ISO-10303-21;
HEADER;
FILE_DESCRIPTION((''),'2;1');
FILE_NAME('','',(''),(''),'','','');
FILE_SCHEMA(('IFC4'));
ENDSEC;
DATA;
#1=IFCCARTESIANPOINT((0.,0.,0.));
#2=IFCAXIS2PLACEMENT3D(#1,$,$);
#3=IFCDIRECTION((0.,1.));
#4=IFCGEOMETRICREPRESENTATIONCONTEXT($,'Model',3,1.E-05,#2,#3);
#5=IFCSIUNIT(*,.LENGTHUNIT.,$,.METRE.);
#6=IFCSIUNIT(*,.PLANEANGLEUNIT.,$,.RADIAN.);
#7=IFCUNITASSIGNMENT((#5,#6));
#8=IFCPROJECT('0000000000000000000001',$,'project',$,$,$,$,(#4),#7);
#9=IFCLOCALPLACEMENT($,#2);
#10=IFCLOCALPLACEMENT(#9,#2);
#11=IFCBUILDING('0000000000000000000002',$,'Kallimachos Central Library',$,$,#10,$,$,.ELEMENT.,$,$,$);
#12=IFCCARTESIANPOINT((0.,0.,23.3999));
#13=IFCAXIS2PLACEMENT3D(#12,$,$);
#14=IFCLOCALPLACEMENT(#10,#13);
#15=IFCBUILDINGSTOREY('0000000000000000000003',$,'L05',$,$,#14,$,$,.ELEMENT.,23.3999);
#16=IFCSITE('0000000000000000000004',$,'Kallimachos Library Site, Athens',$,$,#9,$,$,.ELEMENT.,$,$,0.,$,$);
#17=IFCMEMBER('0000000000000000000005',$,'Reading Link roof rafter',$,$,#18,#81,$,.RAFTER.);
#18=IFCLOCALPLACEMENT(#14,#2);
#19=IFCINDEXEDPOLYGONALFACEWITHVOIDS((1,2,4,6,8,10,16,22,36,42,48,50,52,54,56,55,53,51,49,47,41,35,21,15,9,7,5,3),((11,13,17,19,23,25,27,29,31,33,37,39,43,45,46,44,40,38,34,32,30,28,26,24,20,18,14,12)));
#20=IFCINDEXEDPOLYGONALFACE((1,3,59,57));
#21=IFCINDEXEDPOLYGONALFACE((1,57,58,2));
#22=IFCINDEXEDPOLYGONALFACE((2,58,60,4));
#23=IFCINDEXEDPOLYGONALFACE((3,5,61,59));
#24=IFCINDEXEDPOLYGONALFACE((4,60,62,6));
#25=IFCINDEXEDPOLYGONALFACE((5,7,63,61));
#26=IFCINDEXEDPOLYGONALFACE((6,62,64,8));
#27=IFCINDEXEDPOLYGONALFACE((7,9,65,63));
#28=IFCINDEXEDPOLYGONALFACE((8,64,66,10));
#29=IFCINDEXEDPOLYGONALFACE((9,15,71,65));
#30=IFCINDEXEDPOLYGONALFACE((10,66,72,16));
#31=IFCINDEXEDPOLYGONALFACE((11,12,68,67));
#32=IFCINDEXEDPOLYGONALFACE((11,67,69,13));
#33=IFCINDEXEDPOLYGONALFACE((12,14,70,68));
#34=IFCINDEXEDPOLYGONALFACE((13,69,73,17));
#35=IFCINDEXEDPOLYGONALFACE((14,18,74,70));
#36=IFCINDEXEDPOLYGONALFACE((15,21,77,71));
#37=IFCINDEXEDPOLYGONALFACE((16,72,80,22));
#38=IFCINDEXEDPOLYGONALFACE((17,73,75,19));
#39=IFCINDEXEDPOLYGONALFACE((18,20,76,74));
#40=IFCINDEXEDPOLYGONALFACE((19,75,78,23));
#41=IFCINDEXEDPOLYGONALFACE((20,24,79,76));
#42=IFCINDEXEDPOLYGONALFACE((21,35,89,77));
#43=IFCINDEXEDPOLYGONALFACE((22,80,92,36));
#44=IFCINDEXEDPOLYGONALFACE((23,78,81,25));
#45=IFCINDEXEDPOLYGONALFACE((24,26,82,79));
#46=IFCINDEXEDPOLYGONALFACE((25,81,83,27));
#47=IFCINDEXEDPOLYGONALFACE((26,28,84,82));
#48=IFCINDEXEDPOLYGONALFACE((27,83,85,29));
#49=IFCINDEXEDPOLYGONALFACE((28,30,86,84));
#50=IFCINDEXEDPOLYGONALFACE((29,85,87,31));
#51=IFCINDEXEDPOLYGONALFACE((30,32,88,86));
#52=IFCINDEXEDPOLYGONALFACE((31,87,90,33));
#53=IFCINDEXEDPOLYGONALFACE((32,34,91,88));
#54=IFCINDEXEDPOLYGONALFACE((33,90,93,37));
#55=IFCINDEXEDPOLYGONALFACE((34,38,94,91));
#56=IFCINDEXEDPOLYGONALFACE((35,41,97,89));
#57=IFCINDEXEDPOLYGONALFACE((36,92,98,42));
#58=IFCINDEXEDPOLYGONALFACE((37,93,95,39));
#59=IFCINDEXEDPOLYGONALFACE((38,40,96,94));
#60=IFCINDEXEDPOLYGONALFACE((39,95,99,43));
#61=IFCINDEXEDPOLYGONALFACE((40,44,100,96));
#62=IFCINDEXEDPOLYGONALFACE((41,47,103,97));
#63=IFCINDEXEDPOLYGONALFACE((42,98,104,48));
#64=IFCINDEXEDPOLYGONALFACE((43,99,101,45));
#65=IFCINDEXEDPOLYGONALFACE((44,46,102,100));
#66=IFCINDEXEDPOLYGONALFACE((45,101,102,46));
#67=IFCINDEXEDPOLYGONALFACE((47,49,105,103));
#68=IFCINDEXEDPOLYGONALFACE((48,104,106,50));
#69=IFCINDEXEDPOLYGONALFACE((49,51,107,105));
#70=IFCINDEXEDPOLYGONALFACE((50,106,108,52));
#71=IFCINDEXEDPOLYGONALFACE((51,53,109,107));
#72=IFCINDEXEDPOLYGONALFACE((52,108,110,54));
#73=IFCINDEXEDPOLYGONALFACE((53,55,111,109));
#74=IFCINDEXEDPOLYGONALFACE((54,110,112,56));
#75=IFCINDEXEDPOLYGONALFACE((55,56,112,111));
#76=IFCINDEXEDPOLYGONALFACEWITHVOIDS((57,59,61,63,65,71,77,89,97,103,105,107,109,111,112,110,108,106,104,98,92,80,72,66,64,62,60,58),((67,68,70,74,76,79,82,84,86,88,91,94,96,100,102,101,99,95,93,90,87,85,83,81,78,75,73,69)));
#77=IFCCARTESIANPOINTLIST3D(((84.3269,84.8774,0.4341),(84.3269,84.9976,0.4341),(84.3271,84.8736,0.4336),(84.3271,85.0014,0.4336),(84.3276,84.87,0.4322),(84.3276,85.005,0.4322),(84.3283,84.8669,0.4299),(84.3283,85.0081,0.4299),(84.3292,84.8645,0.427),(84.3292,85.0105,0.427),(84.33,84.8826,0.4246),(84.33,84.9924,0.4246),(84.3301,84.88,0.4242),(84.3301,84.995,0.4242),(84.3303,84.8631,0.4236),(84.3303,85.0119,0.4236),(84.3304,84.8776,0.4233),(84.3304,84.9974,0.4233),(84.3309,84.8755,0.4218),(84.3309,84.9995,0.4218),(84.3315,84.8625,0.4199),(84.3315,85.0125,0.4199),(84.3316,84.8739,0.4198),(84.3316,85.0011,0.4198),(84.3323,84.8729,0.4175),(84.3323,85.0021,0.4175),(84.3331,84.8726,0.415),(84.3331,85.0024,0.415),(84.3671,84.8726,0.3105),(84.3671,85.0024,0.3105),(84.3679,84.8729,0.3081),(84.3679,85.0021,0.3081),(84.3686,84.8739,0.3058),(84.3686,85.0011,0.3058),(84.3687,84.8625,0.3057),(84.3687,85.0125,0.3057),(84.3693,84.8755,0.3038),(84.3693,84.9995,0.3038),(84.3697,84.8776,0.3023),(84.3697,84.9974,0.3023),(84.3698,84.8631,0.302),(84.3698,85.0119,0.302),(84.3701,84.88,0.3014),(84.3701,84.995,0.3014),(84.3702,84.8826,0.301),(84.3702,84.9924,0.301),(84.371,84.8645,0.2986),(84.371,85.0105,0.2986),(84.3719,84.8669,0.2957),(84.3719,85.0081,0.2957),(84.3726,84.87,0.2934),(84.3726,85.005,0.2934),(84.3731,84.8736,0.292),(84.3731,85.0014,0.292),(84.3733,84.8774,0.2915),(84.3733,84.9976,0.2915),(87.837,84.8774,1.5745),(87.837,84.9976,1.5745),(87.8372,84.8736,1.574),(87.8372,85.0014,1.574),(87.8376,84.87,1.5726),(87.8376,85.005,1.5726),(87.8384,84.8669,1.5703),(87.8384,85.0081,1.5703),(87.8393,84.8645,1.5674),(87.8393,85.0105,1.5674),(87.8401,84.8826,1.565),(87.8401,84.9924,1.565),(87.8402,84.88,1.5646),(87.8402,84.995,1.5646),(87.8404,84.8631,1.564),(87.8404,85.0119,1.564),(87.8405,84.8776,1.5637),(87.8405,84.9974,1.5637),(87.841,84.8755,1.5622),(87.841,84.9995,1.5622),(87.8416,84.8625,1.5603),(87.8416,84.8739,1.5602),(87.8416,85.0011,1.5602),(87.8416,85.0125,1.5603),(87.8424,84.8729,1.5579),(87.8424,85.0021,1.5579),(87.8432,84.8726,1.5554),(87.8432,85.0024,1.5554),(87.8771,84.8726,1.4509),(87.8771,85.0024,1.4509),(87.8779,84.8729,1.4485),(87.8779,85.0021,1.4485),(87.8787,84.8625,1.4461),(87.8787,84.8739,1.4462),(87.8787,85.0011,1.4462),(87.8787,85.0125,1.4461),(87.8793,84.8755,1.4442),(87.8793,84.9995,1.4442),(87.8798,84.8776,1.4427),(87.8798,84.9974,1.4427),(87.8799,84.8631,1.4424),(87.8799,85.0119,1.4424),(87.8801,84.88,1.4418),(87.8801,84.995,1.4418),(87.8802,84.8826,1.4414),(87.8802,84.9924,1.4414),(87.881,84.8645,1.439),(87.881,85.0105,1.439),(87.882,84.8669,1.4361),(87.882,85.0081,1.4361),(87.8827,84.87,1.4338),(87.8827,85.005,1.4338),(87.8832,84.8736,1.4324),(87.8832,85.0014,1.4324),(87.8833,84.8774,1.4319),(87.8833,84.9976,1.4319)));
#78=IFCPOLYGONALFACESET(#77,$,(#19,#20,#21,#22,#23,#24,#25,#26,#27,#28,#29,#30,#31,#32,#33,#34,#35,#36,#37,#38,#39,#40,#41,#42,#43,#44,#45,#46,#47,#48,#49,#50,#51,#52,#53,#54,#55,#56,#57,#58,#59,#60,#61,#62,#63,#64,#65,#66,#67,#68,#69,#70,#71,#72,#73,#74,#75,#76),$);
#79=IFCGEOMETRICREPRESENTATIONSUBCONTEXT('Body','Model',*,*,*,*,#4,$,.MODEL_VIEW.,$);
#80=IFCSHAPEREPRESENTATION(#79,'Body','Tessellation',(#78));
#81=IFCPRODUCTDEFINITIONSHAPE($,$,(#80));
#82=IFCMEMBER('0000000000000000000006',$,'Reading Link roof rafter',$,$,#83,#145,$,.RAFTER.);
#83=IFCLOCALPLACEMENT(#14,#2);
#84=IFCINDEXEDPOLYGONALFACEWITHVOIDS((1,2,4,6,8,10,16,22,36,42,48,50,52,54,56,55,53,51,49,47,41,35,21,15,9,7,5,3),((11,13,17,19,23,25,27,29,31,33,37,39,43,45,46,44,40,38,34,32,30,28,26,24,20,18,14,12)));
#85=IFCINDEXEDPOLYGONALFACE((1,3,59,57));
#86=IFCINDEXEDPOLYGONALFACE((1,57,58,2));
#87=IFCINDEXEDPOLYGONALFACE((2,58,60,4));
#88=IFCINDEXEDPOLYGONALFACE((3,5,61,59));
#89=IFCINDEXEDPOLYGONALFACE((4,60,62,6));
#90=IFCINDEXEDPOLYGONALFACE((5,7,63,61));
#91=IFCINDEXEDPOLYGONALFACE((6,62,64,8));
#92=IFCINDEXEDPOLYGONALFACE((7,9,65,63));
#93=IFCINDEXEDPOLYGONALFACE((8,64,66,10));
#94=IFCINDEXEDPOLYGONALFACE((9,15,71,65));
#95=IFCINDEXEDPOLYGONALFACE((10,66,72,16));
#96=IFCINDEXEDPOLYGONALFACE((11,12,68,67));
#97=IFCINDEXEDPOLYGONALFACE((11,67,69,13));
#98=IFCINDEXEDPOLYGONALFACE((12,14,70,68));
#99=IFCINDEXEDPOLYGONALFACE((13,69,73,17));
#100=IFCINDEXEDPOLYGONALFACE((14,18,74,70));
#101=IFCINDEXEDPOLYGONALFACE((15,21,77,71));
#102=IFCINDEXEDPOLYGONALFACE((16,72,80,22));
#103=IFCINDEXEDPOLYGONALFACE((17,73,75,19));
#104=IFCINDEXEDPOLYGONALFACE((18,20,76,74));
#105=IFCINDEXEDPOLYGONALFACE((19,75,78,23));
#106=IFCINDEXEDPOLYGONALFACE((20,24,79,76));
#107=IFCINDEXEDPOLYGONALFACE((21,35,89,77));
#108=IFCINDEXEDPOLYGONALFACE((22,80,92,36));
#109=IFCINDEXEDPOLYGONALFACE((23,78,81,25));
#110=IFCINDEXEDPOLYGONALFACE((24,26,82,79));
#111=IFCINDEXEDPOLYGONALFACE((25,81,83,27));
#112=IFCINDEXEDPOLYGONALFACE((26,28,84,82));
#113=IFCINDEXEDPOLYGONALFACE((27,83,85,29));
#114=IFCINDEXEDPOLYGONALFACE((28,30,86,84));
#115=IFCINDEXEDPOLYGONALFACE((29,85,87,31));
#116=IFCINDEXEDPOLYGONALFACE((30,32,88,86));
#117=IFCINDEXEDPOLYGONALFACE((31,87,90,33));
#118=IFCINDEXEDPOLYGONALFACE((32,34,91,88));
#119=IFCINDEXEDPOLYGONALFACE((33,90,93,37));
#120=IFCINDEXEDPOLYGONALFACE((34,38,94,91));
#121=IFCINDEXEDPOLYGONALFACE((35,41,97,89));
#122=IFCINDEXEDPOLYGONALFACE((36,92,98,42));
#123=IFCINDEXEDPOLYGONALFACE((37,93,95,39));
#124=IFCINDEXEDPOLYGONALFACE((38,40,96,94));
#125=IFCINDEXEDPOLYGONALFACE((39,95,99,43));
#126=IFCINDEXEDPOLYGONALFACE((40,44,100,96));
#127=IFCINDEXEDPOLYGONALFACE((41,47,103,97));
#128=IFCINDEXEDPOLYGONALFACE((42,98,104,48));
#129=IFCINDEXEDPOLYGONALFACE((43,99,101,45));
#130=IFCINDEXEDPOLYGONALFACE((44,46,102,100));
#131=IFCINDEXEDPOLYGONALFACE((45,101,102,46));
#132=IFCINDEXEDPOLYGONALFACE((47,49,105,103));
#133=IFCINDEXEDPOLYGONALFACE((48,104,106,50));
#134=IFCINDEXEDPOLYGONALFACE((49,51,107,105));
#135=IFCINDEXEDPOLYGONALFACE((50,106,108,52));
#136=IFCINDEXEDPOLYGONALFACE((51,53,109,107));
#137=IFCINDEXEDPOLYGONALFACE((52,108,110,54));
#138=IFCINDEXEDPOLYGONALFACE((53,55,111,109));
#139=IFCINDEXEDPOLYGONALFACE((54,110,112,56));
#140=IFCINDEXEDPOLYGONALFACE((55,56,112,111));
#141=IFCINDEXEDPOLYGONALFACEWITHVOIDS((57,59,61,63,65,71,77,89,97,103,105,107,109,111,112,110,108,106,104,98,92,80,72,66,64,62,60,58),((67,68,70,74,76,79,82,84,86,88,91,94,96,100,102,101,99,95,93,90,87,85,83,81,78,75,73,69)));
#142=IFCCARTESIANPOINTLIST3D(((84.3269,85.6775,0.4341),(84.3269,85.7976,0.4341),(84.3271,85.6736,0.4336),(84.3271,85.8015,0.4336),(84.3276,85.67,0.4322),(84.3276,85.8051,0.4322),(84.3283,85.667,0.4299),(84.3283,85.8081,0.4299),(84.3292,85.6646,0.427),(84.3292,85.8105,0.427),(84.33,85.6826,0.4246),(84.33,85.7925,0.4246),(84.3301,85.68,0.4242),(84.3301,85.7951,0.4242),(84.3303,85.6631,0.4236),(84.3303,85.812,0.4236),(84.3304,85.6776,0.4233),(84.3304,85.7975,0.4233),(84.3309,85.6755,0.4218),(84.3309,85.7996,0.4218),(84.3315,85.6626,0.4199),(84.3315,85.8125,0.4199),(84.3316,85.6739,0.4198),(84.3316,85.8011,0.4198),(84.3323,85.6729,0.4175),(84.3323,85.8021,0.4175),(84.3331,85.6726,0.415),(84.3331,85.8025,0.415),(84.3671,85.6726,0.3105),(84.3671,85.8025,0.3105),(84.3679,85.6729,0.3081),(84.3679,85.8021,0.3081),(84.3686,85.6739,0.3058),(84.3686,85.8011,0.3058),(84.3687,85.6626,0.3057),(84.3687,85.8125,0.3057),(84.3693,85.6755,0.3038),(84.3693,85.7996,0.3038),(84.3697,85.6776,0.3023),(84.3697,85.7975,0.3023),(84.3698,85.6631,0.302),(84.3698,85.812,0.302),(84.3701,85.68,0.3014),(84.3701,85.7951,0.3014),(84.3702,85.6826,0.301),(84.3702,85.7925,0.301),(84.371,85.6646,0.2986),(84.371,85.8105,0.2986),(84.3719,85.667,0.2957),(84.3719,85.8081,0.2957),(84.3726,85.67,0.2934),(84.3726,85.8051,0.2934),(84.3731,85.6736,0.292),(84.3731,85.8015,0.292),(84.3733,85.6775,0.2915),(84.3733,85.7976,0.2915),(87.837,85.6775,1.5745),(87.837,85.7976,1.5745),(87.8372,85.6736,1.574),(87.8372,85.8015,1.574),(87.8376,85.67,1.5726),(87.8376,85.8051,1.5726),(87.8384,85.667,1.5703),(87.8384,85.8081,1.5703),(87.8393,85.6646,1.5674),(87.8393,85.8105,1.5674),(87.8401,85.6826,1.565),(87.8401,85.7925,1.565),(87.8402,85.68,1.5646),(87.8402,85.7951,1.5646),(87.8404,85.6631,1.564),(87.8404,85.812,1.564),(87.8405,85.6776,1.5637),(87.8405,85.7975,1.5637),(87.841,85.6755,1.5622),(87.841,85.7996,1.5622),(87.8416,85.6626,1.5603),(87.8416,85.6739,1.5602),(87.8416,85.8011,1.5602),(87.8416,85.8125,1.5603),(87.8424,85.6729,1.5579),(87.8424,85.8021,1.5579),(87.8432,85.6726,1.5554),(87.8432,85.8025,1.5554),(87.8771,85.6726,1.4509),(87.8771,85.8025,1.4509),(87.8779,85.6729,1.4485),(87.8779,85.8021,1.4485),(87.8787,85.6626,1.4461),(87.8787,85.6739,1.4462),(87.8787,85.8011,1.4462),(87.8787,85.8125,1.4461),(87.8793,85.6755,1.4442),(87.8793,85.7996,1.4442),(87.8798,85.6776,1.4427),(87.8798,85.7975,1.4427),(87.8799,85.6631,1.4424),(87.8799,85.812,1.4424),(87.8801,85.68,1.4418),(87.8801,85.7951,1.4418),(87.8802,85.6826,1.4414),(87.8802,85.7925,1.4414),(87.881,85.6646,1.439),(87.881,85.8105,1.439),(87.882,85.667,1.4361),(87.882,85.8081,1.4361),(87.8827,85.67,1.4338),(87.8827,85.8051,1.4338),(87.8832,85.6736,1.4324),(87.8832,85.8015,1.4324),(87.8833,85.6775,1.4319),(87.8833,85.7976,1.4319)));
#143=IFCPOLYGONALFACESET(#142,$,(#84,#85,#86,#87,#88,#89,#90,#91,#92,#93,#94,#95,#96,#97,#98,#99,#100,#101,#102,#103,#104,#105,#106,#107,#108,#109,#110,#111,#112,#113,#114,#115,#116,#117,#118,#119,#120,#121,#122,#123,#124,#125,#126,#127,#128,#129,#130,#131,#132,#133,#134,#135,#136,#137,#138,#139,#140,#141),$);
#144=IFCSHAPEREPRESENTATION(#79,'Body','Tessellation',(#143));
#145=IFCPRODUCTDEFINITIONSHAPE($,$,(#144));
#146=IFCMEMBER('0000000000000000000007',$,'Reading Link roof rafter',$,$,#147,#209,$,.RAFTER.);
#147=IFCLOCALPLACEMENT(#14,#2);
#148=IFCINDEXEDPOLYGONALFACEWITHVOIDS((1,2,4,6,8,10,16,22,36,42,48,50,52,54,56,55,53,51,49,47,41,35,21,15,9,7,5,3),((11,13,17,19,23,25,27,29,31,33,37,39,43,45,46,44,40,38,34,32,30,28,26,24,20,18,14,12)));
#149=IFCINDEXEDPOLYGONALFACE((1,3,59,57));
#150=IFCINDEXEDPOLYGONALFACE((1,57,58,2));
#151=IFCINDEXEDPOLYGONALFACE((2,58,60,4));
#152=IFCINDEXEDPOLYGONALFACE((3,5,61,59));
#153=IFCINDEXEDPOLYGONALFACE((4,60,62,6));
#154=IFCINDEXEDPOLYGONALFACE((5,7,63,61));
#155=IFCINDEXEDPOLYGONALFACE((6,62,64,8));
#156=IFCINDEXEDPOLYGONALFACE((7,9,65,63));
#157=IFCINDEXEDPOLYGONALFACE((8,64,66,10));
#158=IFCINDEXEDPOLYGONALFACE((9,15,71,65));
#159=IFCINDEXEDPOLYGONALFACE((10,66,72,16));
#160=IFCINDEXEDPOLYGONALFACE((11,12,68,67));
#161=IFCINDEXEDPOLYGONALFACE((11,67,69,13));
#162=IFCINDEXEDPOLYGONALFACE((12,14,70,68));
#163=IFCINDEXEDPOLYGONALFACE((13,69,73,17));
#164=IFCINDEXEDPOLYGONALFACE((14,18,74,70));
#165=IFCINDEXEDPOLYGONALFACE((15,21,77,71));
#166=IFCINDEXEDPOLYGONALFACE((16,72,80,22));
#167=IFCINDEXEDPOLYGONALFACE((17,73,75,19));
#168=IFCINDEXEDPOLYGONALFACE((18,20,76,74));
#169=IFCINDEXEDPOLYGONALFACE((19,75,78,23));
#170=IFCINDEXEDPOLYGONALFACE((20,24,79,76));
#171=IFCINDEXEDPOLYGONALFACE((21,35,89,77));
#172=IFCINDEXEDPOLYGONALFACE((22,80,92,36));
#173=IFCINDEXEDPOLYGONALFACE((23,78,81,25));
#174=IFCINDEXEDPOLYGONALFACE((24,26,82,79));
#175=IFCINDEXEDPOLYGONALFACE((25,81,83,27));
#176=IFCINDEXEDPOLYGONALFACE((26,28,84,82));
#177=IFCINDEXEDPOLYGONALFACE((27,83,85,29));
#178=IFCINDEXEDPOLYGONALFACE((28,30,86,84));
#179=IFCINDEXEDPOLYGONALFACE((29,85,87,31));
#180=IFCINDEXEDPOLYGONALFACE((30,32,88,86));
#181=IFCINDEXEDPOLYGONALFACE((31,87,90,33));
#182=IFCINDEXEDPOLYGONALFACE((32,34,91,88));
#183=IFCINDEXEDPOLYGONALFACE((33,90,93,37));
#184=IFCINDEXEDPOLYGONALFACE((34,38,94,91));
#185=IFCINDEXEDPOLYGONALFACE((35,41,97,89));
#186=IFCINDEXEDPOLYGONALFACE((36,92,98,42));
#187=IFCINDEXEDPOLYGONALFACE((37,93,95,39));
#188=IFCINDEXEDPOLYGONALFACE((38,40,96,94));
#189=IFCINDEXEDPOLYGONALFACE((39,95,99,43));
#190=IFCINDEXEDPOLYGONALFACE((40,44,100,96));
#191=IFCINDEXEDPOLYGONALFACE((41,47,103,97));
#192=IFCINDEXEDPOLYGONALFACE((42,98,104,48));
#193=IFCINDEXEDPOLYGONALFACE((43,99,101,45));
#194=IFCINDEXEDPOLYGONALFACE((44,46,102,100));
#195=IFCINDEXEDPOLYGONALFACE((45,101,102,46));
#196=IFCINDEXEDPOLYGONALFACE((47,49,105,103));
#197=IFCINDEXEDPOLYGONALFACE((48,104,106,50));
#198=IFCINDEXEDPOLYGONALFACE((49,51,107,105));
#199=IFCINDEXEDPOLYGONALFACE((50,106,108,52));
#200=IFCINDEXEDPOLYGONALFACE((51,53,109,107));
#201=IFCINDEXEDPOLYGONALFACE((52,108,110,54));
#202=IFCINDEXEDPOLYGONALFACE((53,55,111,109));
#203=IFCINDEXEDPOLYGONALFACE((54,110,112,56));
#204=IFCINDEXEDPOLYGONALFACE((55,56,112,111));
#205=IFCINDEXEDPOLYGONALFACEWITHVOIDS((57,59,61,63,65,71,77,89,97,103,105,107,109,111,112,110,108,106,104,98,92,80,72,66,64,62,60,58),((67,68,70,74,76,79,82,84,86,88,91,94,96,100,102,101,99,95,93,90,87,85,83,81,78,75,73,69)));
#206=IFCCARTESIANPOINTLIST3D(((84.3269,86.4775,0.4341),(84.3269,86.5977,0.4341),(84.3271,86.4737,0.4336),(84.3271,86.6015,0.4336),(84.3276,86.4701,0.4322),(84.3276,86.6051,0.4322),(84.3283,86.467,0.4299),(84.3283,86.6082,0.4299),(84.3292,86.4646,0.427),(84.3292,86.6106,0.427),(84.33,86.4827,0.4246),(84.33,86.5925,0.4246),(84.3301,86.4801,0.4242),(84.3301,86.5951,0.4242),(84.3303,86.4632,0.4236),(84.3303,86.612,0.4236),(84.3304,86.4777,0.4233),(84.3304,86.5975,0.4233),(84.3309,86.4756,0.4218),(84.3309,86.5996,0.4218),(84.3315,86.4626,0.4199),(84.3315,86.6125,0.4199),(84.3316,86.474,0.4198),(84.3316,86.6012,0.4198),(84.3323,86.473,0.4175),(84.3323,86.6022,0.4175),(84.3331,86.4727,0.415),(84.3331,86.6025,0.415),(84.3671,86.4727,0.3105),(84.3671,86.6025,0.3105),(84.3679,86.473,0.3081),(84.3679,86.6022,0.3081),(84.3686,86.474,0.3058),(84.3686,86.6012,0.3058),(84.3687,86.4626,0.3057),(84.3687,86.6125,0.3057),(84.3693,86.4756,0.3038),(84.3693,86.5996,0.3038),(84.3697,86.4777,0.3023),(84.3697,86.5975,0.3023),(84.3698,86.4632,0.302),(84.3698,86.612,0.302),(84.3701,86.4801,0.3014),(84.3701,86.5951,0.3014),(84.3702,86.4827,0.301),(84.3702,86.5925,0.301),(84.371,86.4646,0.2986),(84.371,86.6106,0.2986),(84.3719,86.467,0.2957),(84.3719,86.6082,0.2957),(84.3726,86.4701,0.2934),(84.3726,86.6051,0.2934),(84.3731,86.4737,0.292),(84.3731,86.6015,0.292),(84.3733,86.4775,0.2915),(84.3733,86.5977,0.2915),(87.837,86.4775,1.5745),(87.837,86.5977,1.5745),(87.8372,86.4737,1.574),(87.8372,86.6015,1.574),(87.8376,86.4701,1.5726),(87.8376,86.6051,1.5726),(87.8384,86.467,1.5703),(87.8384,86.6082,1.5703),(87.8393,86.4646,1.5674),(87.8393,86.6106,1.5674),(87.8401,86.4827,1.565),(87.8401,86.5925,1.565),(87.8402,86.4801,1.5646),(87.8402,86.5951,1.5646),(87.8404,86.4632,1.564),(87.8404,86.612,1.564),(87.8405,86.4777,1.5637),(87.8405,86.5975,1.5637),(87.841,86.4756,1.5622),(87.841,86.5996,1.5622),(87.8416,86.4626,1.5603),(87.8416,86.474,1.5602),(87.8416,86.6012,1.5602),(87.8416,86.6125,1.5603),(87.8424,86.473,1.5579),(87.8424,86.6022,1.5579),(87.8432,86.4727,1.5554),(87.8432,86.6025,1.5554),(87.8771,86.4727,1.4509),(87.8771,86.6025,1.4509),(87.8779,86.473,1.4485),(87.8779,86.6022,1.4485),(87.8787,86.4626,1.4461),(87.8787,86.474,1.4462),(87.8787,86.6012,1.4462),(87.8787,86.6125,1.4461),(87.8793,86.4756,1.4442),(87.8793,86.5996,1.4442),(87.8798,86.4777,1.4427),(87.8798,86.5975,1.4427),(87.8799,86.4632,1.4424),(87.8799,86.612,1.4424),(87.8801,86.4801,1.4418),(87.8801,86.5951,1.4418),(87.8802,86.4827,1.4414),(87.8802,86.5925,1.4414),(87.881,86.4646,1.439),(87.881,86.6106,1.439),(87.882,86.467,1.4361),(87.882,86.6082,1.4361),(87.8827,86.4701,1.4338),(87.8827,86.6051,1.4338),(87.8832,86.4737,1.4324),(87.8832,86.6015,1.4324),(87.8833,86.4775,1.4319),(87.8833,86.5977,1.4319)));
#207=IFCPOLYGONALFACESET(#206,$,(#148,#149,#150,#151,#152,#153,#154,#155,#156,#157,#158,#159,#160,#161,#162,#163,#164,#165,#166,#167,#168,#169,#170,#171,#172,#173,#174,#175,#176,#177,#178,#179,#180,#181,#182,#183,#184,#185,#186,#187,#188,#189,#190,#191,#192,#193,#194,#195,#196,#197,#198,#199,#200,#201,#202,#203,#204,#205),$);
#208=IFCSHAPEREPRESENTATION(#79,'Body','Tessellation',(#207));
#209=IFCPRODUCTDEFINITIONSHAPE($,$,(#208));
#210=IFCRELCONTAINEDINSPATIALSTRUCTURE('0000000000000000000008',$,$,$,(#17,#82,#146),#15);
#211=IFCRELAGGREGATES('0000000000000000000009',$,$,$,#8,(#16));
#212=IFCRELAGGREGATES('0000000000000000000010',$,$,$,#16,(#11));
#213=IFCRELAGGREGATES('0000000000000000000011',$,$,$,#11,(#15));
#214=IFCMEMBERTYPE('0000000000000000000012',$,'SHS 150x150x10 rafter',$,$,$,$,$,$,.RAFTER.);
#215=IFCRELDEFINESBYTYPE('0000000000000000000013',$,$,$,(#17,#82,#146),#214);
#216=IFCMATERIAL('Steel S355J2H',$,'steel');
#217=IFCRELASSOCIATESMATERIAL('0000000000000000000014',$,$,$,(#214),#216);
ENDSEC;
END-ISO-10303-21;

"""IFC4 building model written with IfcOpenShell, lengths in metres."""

from ifc_helpers import new_model, si_unit, direction, frame, origin, origin_2d, place, context, subcontext, project, spatial, hollow_rectangle, extrude, material, material_profile, profile_set, type_object, element, save


model = new_model("IFC4")

# Units and contexts
model_context = context("Model", 3, precision=1e-05, world=origin(), true_north=direction((0.0, 1.0)))
body_context = subcontext(model_context, "Body", "Model", "MODEL_VIEW")
ifc_project = project(units=[si_unit("LENGTHUNIT", "METRE"), si_unit("PLANEANGLEUNIT", "RADIAN")], contexts=[model_context])

# Site, building, storey
site_placement = place(None, origin())
site = spatial("IfcSite", under=ifc_project, at=site_placement, Name="Kallimachos Library Site, Athens", CompositionType="ELEMENT", RefElevation=0.0)
building_placement = place(site_placement, origin())
building = spatial("IfcBuilding", under=site, at=building_placement, Name="Kallimachos Central Library", CompositionType="ELEMENT")
storey_placement = place(building_placement, frame((0.0, 0.0, 23.3999)))
storey = spatial("IfcBuildingStorey", under=building, at=storey_placement, Name="L05", CompositionType="ELEMENT", Elevation=23.3999)

# Members
ifc_material_1 = material(Name="Steel S355J2H", Category="steel")
ifc_material_profile_1 = material_profile(ifc_material_1, hollow_rectangle(XDim=0.1499, YDim=0.1499, WallThickness=0.01, InnerFilletRadius=0.01, OuterFilletRadius=0.0149, at=origin_2d()), Name="SHS 150x150x10")
ifc_profile_set_1 = profile_set([ifc_material_profile_1], Name="Steel S355J2H")
member_type_1 = type_object("IfcMemberType", Name="SHS 150x150x10 rafter", PredefinedType="RAFTER", material=ifc_profile_set_1)
for number, where, z_axis, x_axis, name in (
    (1, (84.3501, 84.9375, 0.3628), (0.951064, 0.0, 0.308995), (0.0, 1.0, 0.0), "Reading Link roof rafter"),
    (2, (84.3501, 85.7375, 0.3628), (0.951064, 0.0, 0.308995), (0.0, 1.0, 0.0), "Reading Link roof rafter"),
    (3, (84.3501, 86.5376, 0.3628), (0.951064, 0.0, 0.308995), (0.0, 1.0, 0.0), "Reading Link roof rafter"),
):
    element("IfcMember", number, at=place(storey_placement, frame(where, z_axis=z_axis, x_axis=x_axis)), inside=storey, type_object=member_type_1, Name=name, PredefinedType="RAFTER", context=body_context, shape_type="SweptSolid", body=[
        extrude(hollow_rectangle(XDim=0.1499, YDim=0.1499, WallThickness=0.01, InnerFilletRadius=0.01, OuterFilletRadius=0.0149, at=origin_2d()), origin(), (0.0, 0.0, 1.0), 3.6907),
    ])

save(model, "model.ifc")
